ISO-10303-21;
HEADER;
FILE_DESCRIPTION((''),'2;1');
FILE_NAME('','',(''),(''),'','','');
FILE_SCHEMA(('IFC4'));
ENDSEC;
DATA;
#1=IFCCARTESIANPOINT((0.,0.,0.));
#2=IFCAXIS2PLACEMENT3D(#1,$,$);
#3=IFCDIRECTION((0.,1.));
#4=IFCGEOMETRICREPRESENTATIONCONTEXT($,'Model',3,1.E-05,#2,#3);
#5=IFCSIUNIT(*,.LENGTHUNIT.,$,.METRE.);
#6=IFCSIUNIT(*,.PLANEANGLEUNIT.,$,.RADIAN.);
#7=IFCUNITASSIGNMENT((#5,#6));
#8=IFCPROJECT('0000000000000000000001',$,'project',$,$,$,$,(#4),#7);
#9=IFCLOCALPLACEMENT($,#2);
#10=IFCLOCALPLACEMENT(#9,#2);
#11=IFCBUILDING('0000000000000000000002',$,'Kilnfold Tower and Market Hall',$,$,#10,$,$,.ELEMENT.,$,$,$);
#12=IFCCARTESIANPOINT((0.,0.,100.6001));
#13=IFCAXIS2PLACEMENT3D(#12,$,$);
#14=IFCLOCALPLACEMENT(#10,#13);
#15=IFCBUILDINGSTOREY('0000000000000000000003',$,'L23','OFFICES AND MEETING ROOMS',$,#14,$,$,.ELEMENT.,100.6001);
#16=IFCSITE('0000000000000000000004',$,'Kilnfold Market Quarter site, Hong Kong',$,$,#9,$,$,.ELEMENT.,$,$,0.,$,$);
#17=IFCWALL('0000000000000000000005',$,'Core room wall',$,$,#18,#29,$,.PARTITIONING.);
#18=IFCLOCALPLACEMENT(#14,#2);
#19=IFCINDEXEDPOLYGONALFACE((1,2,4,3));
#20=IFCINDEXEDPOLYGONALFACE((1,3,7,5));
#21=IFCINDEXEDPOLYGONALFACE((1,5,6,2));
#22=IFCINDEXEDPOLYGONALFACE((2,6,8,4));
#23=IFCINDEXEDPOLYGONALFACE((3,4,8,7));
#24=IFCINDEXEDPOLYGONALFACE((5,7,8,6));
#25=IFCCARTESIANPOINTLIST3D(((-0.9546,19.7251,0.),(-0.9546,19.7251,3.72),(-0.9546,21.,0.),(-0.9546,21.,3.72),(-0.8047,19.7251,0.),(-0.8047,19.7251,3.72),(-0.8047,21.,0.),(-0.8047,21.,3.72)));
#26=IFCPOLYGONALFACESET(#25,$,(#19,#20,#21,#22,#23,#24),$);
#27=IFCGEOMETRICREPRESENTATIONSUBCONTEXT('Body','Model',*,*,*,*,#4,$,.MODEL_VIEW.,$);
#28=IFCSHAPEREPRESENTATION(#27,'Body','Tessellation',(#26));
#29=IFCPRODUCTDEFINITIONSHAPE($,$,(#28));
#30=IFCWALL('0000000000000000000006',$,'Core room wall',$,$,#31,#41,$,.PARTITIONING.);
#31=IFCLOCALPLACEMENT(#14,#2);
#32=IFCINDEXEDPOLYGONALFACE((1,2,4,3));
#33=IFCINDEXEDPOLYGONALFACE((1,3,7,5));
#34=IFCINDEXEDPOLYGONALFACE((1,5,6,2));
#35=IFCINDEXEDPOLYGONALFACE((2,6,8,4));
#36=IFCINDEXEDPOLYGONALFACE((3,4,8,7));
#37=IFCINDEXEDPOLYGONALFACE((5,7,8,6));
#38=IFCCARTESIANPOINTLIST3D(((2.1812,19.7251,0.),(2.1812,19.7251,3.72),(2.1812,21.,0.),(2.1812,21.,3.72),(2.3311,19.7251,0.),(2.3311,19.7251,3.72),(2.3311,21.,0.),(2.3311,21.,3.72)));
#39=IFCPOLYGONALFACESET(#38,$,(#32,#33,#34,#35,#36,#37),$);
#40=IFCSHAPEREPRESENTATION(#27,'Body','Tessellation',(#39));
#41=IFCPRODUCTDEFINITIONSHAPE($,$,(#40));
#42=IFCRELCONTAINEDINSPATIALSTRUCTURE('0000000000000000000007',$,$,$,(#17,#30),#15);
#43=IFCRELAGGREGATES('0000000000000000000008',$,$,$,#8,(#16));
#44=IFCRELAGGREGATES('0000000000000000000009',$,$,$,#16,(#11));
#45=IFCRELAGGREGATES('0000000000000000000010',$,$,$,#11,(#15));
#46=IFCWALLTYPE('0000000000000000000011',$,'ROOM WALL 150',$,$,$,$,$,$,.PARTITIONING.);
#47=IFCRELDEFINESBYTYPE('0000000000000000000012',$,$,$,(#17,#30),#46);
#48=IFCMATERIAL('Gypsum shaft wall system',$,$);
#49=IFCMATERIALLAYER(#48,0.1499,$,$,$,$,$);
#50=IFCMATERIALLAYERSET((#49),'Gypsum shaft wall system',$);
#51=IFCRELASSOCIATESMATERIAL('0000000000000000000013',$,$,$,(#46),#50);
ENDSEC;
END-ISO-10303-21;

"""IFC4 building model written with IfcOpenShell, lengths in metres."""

from ifc_helpers import new_model, si_unit, direction, frame, frame_2d, origin, place, context, subcontext, project, spatial, rectangle, extrude, source, transform, mapped, material, layer, layer_set, type_object, element, save


model = new_model("IFC4")

# Units and contexts
model_context = context("Model", 3, precision=1e-05, world=origin(), true_north=direction((0.0, 1.0)))
body_context = subcontext(model_context, "Body", "Model", "MODEL_VIEW")
ifc_project = project(units=[si_unit("LENGTHUNIT", "METRE"), si_unit("PLANEANGLEUNIT", "RADIAN")], contexts=[model_context])

# Site, building, storey
site_placement = place(None, origin())
site = spatial("IfcSite", under=ifc_project, at=site_placement, Name="Kilnfold Market Quarter site, Hong Kong", CompositionType="ELEMENT", RefElevation=0.0)
building_placement = place(site_placement, origin())
building = spatial("IfcBuilding", under=site, at=building_placement, Name="Kilnfold Tower and Market Hall", CompositionType="ELEMENT")
storey_placement = place(building_placement, frame((0.0, 0.0, 100.6001)))
storey = spatial("IfcBuildingStorey", under=building, at=storey_placement, Name="L23", Description="OFFICES AND MEETING ROOMS", CompositionType="ELEMENT", Elevation=100.6001)

# Walls
ifc_material_1 = material(Name="Gypsum shaft wall system")
ifc_layer_1 = layer(ifc_material_1, 0.1499)
ifc_layer_set_1 = layer_set([ifc_layer_1], Name="Gypsum shaft wall system")
wall_type_1 = type_object("IfcWallType", Name="ROOM WALL 150", PredefinedType="PARTITIONING", material=ifc_layer_set_1)
shared_shape_1 = source(origin(), body_context, "Body", "SweptSolid", [
    extrude(rectangle(XDim=1.2749, YDim=0.1499, at=frame_2d((0.6375, 0.0))), origin(), (0.0, 0.0, 1.0), 3.72),
])
for number, where, z_axis, x_axis, name in (
    (1, (-0.8796, 19.7251, 0.0), (0.0, 0.0, 1.0), (0.0, 1.0, 0.0), "Core room wall"),
    (2, (2.2561, 19.7251, 0.0), (0.0, 0.0, 1.0), (0.0, 1.0, 0.0), "Core room wall"),
):
    element("IfcWall", number, at=place(storey_placement, frame(where, z_axis=z_axis, x_axis=x_axis)), inside=storey, type_object=wall_type_1, Name=name, PredefinedType="PARTITIONING", context=body_context, shape_type="MappedRepresentation", body=[
        mapped(shared_shape_1, transform((0.0, 0.0, 0.0))),
    ])

save(model, "model.ifc")
